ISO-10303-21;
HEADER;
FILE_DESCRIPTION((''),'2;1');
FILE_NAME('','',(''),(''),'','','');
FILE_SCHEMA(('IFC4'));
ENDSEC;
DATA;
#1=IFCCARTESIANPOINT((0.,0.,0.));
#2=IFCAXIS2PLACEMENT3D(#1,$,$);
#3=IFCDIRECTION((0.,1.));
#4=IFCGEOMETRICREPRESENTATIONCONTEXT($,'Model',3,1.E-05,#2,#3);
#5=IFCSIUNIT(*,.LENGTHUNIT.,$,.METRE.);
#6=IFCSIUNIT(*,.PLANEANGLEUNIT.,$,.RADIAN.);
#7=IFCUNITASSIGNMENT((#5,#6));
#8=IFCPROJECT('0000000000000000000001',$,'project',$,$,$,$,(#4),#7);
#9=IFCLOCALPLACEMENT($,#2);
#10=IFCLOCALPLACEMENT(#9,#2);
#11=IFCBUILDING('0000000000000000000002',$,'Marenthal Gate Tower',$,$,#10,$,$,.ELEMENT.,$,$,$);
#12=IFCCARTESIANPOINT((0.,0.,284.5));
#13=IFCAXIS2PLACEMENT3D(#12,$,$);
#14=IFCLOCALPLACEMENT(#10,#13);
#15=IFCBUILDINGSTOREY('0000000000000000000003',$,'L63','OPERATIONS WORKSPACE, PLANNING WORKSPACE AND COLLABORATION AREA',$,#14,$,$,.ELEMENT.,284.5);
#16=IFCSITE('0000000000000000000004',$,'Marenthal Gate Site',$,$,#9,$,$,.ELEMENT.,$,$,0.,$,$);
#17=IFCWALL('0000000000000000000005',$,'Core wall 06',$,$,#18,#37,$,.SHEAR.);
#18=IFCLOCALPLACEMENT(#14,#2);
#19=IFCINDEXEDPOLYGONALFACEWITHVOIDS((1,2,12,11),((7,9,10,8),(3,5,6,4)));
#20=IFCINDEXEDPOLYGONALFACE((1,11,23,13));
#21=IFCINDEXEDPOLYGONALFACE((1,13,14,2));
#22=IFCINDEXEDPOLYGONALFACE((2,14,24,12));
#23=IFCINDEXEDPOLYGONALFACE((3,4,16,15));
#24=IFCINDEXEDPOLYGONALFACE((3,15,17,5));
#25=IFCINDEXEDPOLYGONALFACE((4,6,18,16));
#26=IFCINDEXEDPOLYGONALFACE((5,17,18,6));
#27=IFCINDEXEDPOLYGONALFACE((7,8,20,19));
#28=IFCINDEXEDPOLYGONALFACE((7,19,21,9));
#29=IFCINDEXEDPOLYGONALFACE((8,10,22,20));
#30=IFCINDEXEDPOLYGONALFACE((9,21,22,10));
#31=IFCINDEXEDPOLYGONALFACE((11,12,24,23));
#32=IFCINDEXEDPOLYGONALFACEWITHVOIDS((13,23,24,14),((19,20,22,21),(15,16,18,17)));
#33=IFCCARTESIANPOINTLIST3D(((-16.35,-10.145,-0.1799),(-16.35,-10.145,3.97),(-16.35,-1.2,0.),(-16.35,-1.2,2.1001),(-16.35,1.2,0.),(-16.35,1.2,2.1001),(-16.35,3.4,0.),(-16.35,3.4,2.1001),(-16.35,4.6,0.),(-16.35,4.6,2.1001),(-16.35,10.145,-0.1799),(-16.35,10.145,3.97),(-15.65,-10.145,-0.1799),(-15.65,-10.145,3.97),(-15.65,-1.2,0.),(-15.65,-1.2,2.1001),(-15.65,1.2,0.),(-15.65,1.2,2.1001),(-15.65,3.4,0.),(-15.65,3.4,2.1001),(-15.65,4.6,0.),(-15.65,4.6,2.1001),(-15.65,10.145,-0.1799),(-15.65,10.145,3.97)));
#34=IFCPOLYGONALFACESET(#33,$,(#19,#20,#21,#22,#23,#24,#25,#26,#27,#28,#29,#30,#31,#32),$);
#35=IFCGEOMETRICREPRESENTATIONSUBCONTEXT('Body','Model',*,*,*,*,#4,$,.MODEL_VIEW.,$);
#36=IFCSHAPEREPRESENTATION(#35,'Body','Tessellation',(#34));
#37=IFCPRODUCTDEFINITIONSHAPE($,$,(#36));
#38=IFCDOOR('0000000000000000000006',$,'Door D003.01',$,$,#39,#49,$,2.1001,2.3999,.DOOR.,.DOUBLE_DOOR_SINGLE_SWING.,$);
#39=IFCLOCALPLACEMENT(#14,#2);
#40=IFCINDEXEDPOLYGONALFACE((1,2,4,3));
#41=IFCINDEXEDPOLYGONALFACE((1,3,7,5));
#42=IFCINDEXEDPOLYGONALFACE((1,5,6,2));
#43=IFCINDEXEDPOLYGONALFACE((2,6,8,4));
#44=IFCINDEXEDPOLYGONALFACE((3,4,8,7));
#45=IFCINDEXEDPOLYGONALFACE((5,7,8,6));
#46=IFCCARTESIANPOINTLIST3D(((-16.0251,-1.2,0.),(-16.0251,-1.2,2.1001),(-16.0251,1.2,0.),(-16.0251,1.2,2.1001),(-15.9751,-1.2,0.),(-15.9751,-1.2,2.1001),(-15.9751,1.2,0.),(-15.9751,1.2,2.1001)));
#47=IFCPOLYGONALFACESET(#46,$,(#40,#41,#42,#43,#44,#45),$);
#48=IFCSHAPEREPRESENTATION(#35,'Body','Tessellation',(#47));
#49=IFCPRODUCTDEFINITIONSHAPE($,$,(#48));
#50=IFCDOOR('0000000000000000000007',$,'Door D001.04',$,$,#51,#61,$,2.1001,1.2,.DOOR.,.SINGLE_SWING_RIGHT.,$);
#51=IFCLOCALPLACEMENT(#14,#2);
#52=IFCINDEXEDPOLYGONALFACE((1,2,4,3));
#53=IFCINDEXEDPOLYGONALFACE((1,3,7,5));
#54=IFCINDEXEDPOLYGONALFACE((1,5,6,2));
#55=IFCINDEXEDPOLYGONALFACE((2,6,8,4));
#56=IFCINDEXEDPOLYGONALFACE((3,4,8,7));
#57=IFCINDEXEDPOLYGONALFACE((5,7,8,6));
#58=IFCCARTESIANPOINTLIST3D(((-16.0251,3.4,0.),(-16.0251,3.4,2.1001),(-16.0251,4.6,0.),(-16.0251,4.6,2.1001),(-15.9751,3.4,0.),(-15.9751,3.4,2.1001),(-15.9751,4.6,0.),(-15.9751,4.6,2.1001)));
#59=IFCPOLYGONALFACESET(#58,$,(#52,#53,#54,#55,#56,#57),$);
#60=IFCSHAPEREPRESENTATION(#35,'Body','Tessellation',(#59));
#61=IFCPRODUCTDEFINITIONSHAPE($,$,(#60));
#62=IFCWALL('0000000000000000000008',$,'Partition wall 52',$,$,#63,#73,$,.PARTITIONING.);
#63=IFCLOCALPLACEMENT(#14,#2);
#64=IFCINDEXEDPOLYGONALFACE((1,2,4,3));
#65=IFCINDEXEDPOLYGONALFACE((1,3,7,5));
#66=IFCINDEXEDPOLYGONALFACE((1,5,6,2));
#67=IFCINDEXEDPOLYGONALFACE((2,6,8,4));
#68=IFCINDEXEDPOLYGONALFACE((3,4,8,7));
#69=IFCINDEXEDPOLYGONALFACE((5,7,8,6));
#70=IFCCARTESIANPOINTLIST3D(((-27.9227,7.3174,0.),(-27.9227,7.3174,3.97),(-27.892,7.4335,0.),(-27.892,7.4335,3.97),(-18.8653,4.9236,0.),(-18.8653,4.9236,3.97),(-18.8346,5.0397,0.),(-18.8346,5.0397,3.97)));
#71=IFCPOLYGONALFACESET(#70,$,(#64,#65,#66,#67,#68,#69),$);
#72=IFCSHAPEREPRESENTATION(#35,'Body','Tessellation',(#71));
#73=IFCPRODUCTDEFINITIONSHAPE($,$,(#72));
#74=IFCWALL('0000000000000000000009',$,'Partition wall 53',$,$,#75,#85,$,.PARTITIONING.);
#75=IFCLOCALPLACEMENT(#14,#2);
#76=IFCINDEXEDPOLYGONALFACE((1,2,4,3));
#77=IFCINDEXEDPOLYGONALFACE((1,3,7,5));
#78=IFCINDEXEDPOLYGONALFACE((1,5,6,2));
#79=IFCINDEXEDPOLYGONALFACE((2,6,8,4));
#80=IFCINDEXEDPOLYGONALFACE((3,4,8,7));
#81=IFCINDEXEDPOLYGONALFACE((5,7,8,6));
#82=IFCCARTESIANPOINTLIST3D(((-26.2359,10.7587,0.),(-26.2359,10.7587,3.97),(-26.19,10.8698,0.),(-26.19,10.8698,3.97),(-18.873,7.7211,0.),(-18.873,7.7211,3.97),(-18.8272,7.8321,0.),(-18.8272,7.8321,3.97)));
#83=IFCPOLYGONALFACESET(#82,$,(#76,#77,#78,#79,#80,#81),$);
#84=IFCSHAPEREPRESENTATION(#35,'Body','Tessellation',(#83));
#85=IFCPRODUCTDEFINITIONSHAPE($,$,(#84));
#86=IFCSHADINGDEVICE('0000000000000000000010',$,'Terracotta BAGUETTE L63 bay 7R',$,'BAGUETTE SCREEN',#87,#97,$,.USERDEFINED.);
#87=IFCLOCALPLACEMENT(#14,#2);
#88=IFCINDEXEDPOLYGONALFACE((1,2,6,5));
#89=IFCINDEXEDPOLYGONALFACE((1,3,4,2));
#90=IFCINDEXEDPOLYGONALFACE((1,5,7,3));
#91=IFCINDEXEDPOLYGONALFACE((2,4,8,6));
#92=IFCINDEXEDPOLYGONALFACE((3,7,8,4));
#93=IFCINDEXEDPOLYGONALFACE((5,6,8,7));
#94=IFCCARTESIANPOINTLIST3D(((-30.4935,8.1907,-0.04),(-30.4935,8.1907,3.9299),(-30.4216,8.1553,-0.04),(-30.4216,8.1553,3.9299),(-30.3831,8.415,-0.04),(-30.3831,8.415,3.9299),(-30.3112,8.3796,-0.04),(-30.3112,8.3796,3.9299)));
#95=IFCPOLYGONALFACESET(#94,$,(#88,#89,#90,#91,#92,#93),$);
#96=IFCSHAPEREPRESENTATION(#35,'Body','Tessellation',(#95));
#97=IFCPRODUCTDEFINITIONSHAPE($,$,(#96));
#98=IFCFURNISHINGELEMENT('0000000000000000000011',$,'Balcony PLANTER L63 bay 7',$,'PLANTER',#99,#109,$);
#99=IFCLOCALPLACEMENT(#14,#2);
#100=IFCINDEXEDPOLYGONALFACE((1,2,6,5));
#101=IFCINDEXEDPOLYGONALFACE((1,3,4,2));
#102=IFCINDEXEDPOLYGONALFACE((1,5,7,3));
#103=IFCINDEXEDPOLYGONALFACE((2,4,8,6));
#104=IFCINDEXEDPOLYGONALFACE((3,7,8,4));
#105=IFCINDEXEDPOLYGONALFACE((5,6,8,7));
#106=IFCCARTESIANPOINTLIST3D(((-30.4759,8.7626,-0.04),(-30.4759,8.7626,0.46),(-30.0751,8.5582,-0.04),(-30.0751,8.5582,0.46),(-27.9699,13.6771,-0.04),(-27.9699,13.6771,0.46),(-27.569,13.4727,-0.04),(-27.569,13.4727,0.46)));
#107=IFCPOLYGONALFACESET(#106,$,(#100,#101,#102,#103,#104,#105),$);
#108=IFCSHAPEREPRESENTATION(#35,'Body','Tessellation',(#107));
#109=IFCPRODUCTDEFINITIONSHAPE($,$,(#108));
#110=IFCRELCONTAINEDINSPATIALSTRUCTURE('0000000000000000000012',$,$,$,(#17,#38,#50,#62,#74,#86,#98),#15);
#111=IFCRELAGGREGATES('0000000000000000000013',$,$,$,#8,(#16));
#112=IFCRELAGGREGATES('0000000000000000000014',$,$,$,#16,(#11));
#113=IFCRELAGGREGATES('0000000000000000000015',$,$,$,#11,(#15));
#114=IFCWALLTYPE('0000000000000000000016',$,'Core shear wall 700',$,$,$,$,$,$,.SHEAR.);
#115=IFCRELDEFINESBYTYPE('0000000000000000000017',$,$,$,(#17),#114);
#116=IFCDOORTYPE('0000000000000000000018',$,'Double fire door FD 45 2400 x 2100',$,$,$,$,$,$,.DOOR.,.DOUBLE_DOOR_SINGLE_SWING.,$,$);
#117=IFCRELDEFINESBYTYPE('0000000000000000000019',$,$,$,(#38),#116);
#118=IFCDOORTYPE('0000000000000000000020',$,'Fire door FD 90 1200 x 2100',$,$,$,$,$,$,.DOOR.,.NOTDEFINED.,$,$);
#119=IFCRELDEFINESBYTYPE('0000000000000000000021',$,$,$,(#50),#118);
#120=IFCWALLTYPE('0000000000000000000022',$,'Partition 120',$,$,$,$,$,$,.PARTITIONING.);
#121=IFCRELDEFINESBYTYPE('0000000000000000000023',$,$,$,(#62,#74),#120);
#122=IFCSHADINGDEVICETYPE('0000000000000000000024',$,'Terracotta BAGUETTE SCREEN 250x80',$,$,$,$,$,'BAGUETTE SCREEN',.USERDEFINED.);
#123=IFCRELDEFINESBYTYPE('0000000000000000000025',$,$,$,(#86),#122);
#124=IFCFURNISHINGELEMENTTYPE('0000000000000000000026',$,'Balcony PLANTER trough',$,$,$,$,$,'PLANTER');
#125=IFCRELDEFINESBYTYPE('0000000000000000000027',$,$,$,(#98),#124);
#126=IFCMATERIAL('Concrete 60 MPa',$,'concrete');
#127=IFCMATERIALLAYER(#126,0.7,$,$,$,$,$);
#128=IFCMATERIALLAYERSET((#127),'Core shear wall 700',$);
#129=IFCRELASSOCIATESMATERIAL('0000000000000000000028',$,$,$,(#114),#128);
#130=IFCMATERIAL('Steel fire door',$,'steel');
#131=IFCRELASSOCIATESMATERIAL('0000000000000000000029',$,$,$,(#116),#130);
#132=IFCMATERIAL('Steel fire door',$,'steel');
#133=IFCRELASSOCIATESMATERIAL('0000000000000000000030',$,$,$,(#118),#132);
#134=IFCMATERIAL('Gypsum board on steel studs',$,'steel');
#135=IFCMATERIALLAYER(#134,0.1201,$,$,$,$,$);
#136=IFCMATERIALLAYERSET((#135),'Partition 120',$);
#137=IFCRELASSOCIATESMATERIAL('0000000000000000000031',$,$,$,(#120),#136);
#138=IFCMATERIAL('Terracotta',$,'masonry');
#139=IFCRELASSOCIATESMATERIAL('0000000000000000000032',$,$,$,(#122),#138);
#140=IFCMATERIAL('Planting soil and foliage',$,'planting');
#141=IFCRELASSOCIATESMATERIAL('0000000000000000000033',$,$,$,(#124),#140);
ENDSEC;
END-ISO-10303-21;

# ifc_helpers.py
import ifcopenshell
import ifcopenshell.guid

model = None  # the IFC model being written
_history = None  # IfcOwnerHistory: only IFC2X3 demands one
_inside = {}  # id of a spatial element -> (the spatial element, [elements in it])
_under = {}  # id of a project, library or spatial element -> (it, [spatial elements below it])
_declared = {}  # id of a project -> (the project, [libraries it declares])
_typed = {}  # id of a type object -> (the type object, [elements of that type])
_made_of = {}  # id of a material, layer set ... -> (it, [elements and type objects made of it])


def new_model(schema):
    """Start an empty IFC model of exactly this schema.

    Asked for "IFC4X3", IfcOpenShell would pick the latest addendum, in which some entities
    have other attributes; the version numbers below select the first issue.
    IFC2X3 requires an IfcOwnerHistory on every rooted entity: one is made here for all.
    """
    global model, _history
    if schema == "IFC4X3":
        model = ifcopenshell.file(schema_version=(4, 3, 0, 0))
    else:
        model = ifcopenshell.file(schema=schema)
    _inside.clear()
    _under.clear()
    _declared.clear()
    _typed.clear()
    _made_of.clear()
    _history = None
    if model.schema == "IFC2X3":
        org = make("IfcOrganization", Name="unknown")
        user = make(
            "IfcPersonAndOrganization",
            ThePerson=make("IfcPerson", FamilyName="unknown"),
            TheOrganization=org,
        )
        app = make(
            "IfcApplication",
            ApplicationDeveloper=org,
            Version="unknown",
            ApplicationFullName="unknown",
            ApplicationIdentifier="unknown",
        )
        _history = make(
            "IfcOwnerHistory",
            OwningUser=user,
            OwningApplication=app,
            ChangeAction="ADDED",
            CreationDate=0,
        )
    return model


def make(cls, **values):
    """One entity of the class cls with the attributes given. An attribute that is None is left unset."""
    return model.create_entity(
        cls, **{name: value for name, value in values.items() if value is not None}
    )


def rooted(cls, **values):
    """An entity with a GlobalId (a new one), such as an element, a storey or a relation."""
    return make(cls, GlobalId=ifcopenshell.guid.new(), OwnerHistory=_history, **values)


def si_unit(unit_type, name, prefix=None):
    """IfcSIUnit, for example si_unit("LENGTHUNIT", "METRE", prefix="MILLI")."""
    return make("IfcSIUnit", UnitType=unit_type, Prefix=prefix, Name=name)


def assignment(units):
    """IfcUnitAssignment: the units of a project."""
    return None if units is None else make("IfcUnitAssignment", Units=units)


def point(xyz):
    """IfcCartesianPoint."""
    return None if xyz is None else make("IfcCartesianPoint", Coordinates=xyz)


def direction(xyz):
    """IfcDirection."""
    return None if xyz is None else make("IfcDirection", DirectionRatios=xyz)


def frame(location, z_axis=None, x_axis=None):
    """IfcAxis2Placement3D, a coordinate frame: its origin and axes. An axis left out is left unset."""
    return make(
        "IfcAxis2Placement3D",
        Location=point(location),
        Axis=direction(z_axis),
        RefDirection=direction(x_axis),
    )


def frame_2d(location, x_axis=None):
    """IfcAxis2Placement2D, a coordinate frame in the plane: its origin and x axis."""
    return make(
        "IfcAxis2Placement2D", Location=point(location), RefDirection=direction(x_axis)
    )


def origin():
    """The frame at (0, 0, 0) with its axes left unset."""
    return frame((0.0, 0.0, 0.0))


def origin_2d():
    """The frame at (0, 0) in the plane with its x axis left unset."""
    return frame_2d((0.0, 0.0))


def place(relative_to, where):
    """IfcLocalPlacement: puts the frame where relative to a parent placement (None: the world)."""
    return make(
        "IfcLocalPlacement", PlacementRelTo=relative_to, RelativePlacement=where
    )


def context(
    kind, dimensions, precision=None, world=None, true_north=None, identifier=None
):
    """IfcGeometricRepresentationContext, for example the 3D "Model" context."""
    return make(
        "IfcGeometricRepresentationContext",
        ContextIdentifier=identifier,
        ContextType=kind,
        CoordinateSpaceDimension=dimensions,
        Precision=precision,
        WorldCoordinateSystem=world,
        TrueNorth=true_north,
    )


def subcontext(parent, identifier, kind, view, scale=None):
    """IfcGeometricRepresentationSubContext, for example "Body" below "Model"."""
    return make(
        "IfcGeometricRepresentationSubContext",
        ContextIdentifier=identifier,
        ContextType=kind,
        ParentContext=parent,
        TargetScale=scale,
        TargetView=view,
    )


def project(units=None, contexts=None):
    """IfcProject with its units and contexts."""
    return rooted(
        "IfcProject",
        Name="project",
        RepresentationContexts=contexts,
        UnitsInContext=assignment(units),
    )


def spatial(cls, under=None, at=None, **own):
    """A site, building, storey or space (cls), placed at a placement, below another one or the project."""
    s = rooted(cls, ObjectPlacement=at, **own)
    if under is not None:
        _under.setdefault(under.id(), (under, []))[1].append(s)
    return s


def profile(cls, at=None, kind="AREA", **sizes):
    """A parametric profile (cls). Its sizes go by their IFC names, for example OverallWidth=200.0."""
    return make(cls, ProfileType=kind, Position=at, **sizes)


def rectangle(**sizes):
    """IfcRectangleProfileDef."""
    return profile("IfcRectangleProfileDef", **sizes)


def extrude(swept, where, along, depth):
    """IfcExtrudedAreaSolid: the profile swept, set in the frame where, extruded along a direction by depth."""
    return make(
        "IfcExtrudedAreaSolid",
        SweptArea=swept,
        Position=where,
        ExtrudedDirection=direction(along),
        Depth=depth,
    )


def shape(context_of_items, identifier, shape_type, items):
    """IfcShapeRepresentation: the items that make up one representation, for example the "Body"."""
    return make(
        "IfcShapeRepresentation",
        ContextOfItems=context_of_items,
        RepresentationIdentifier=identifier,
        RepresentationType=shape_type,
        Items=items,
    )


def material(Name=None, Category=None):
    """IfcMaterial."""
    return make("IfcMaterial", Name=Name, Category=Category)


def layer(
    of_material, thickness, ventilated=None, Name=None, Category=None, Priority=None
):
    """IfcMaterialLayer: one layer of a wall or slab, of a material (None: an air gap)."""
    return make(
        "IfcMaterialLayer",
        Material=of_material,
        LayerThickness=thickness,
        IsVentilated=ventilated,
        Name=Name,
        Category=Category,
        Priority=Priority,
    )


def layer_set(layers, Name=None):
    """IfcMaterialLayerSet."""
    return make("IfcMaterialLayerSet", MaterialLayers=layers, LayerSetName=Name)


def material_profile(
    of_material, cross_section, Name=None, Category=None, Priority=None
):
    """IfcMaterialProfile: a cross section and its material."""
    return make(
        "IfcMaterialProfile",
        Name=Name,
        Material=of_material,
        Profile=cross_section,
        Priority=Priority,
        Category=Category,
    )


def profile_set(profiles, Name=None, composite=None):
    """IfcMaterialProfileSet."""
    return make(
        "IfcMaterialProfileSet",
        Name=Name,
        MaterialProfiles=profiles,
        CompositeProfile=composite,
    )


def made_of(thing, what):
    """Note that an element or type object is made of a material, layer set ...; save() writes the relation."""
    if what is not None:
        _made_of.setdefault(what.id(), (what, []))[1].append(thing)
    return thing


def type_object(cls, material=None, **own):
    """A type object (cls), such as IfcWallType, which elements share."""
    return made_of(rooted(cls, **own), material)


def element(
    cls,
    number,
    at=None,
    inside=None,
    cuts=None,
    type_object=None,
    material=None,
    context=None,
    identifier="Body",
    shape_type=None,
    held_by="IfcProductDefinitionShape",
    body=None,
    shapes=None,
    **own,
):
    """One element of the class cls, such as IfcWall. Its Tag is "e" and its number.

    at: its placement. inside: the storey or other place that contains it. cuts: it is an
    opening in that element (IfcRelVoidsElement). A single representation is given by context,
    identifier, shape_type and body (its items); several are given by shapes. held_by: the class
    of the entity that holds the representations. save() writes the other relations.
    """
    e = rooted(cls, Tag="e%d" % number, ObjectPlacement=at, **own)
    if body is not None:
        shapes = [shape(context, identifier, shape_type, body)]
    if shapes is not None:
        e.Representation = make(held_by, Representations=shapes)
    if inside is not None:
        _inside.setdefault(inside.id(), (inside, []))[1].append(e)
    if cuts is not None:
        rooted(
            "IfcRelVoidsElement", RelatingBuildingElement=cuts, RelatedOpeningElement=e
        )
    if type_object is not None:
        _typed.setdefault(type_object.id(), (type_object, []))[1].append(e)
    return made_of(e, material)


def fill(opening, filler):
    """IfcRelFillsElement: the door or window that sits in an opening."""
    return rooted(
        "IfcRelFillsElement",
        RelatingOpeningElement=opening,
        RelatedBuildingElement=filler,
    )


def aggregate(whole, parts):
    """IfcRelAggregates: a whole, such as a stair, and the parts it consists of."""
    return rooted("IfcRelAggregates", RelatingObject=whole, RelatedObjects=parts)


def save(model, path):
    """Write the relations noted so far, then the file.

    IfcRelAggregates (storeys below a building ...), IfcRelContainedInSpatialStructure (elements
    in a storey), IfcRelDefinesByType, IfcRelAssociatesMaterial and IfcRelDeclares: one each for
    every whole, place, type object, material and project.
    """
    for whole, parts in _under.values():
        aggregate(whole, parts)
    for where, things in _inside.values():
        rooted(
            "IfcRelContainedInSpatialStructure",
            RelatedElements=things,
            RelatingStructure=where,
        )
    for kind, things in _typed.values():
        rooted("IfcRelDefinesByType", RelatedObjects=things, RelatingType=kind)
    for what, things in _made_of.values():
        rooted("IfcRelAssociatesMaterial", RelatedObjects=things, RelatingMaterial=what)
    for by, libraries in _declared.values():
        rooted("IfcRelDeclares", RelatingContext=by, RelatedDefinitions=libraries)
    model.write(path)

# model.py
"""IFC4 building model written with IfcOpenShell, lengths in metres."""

from ifc_helpers import new_model, si_unit, direction, frame, frame_2d, origin, origin_2d, place, context, subcontext, project, spatial, rectangle, extrude, material, layer, layer_set, material_profile, profile_set, type_object, element, fill, save


model = new_model("IFC4")

# Units and contexts
model_context = context("Model", 3, precision=1e-05, world=origin(), true_north=direction((0.0, 1.0)))
body_context = subcontext(model_context, "Body", "Model", "MODEL_VIEW")
ifc_project = project(units=[si_unit("LENGTHUNIT", "METRE"), si_unit("PLANEANGLEUNIT", "RADIAN")], contexts=[model_context])

# Site, building, storey
site_placement = place(None, origin())
site = spatial("IfcSite", under=ifc_project, at=site_placement, Name="Marenthal Gate Site", CompositionType="ELEMENT", RefElevation=0.0)
building_placement = place(site_placement, origin())
building = spatial("IfcBuilding", under=site, at=building_placement, Name="Marenthal Gate Tower", CompositionType="ELEMENT")
storey_placement = place(building_placement, frame((0.0, 0.0, 284.5)))
storey = spatial("IfcBuildingStorey", under=building, at=storey_placement, Name="L63", Description="OPERATIONS WORKSPACE, PLANNING WORKSPACE AND COLLABORATION AREA", CompositionType="ELEMENT", Elevation=284.5)

# Wall, openings, doors
ifc_material_1 = material(Name="Concrete 60 MPa", Category="concrete")
ifc_layer_1 = layer(ifc_material_1, 0.7)
ifc_layer_set_1 = layer_set([ifc_layer_1], Name="Core shear wall 700")
wall_type_1 = type_object("IfcWallType", Name="Core shear wall 700", PredefinedType="SHEAR", material=ifc_layer_set_1)
wall_1_placement = place(storey_placement, frame((-16.0, 10.145, -0.1799), z_axis=(0.0, 0.0, 1.0), x_axis=(0.0, -1.0, 0.0)))
wall_1 = element("IfcWall", 1, at=wall_1_placement, inside=storey, type_object=wall_type_1, Name="Core wall 06", PredefinedType="SHEAR", context=body_context, shape_type="SweptSolid", body=[
    extrude(rectangle(XDim=20.29, YDim=0.7, at=frame_2d((10.145, 0.0))), origin(), (0.0, 0.0, 1.0), 4.1499),
])
opening_1_placement = place(wall_1_placement, frame((8.9451, 0.0, 0.1799)))
opening_1 = element("IfcOpeningElement", 2, at=opening_1_placement, cuts=wall_1, PredefinedType="OPENING", context=body_context, shape_type="SweptSolid", body=[
    extrude(rectangle(XDim=2.3999, YDim=2.1001, at=frame_2d((1.2, 1.05))), frame((0.0, 0.3599, 0.0), z_axis=(0.0, -1.0, 0.0), x_axis=(1.0, 0.0, 0.0)), (0.0, 0.0, 1.0), 0.72),
])
opening_2_placement = place(wall_1_placement, frame((5.5449, 0.0, 0.1799)))
opening_2 = element("IfcOpeningElement", 3, at=opening_2_placement, cuts=wall_1, PredefinedType="OPENING", context=body_context, shape_type="SweptSolid", body=[
    extrude(rectangle(XDim=1.2, YDim=2.1001, at=frame_2d((0.6001, 1.05))), frame((0.0, 0.3599, 0.0), z_axis=(0.0, -1.0, 0.0), x_axis=(1.0, 0.0, 0.0)), (0.0, 0.0, 1.0), 0.72),
])
ifc_material_2 = material(Name="Steel fire door", Category="steel")
door_type_1 = type_object("IfcDoorType", Name="Double fire door FD 45 2400 x 2100", OperationType="DOUBLE_DOOR_SINGLE_SWING", PredefinedType="DOOR", material=ifc_material_2)
door_1_placement = place(opening_1_placement, origin())
door_1 = element("IfcDoor", 4, at=door_1_placement, inside=storey, type_object=door_type_1, Name="Door D003.01", OperationType="DOUBLE_DOOR_SINGLE_SWING", OverallHeight=2.1001, OverallWidth=2.3999, PredefinedType="DOOR", context=body_context, shape_type="SweptSolid", body=[
    extrude(rectangle(XDim=2.3999, YDim=2.1001, at=frame_2d((1.2, 1.05))), frame((0.0, 0.0249, 0.0), z_axis=(0.0, -1.0, 0.0), x_axis=(1.0, 0.0, 0.0)), (0.0, 0.0, 1.0), 0.05),
])
fill(opening_1, door_1)
ifc_material_3 = material(Name="Steel fire door", Category="steel")
door_type_2 = type_object("IfcDoorType", Name="Fire door FD 90 1200 x 2100", OperationType="NOTDEFINED", PredefinedType="DOOR", material=ifc_material_3)
door_2_placement = place(opening_2_placement, origin())
door_2 = element("IfcDoor", 5, at=door_2_placement, inside=storey, type_object=door_type_2, Name="Door D001.04", OperationType="SINGLE_SWING_RIGHT", OverallHeight=2.1001, OverallWidth=1.2, PredefinedType="DOOR", context=body_context, shape_type="SweptSolid", body=[
    extrude(rectangle(XDim=1.2, YDim=2.1001, at=frame_2d((0.6001, 1.05))), frame((0.0, 0.0249, 0.0), z_axis=(0.0, -1.0, 0.0), x_axis=(1.0, 0.0, 0.0)), (0.0, 0.0, 1.0), 0.05),
])
fill(opening_2, door_2)

# Walls
ifc_material_4 = material(Name="Gypsum board on steel studs", Category="steel")
ifc_layer_2 = layer(ifc_material_4, 0.1201)
ifc_layer_set_2 = layer_set([ifc_layer_2], Name="Partition 120")
wall_type_2 = type_object("IfcWallType", Name="Partition 120", PredefinedType="PARTITIONING", material=ifc_layer_set_2)
wall_2_placement = place(storey_placement, frame((-18.8501, 4.9817, 0.0), z_axis=(0.0, 0.0, 1.0), x_axis=(-0.966804, 0.255519, 0.0)))
element("IfcWall", 6, at=wall_2_placement, inside=storey, type_object=wall_type_2, Name="Partition wall 52", PredefinedType="PARTITIONING", context=body_context, shape_type="SweptSolid", body=[
    extrude(rectangle(XDim=9.3684, YDim=0.1201, at=frame_2d((4.6841, 0.0))), origin(), (0.0, 0.0, 1.0), 3.97),
])
wall_3_placement = place(storey_placement, frame((-18.8501, 7.7766, 0.0), z_axis=(0.0, 0.0, 1.0), x_axis=(-0.924419, 0.381379, 0.0)))
element("IfcWall", 7, at=wall_3_placement, inside=storey, type_object=wall_type_2, Name="Partition wall 53", PredefinedType="PARTITIONING", context=body_context, shape_type="SweptSolid", body=[
    extrude(rectangle(XDim=7.9648, YDim=0.1201, at=frame_2d((3.9824, 0.0))), origin(), (0.0, 0.0, 1.0), 3.97),
])

# Shading device
ifc_material_5 = material(Name="Terracotta", Category="masonry")
ifc_material_profile_1 = material_profile(ifc_material_5, rectangle(XDim=0.25, YDim=0.0801, at=origin_2d()), Name="Terracotta baguette 250x80")
ifc_profile_set_1 = profile_set([ifc_material_profile_1], Name="Terracotta")
shading_device_type = type_object("IfcShadingDeviceType", Name="Terracotta BAGUETTE SCREEN 250x80", ElementType="BAGUETTE SCREEN", PredefinedType="USERDEFINED", material=ifc_profile_set_1)
shading_device_placement = place(storey_placement, frame((-30.4023, 8.2852, -0.04), z_axis=(0.0, 0.0, 1.0), x_axis=(-0.441711, -0.897157, 0.0)))
element("IfcShadingDevice", 8, at=shading_device_placement, inside=storey, type_object=shading_device_type, Name="Terracotta BAGUETTE L63 bay 7R", ObjectType="BAGUETTE SCREEN", PredefinedType="USERDEFINED", context=body_context, shape_type="SweptSolid", body=[
    extrude(rectangle(XDim=0.25, YDim=0.0801, at=origin_2d()), origin(), (0.0, 0.0, 1.0), 3.97),
])

# Furnishing element
ifc_material_6 = material(Name="Planting soil and foliage", Category="planting")
furnishing_element_type = type_object("IfcFurnishingElementType", Name="Balcony PLANTER trough", ElementType="PLANTER", material=ifc_material_6)
furnishing_placement = place(storey_placement, frame((-29.0225, 11.1177, -0.04), z_axis=(0.0, 0.0, 1.0), x_axis=(-0.454273, -0.890862, 0.0)))
element("IfcFurnishingElement", 9, at=furnishing_placement, inside=storey, type_object=furnishing_element_type, Name="Balcony PLANTER L63 bay 7", ObjectType="PLANTER", context=body_context, shape_type="SweptSolid", body=[
    extrude(rectangle(XDim=5.5166, YDim=0.45, at=origin_2d()), origin(), (0.0, 0.0, 1.0), 0.5),
])

save(model, "model.ifc")
